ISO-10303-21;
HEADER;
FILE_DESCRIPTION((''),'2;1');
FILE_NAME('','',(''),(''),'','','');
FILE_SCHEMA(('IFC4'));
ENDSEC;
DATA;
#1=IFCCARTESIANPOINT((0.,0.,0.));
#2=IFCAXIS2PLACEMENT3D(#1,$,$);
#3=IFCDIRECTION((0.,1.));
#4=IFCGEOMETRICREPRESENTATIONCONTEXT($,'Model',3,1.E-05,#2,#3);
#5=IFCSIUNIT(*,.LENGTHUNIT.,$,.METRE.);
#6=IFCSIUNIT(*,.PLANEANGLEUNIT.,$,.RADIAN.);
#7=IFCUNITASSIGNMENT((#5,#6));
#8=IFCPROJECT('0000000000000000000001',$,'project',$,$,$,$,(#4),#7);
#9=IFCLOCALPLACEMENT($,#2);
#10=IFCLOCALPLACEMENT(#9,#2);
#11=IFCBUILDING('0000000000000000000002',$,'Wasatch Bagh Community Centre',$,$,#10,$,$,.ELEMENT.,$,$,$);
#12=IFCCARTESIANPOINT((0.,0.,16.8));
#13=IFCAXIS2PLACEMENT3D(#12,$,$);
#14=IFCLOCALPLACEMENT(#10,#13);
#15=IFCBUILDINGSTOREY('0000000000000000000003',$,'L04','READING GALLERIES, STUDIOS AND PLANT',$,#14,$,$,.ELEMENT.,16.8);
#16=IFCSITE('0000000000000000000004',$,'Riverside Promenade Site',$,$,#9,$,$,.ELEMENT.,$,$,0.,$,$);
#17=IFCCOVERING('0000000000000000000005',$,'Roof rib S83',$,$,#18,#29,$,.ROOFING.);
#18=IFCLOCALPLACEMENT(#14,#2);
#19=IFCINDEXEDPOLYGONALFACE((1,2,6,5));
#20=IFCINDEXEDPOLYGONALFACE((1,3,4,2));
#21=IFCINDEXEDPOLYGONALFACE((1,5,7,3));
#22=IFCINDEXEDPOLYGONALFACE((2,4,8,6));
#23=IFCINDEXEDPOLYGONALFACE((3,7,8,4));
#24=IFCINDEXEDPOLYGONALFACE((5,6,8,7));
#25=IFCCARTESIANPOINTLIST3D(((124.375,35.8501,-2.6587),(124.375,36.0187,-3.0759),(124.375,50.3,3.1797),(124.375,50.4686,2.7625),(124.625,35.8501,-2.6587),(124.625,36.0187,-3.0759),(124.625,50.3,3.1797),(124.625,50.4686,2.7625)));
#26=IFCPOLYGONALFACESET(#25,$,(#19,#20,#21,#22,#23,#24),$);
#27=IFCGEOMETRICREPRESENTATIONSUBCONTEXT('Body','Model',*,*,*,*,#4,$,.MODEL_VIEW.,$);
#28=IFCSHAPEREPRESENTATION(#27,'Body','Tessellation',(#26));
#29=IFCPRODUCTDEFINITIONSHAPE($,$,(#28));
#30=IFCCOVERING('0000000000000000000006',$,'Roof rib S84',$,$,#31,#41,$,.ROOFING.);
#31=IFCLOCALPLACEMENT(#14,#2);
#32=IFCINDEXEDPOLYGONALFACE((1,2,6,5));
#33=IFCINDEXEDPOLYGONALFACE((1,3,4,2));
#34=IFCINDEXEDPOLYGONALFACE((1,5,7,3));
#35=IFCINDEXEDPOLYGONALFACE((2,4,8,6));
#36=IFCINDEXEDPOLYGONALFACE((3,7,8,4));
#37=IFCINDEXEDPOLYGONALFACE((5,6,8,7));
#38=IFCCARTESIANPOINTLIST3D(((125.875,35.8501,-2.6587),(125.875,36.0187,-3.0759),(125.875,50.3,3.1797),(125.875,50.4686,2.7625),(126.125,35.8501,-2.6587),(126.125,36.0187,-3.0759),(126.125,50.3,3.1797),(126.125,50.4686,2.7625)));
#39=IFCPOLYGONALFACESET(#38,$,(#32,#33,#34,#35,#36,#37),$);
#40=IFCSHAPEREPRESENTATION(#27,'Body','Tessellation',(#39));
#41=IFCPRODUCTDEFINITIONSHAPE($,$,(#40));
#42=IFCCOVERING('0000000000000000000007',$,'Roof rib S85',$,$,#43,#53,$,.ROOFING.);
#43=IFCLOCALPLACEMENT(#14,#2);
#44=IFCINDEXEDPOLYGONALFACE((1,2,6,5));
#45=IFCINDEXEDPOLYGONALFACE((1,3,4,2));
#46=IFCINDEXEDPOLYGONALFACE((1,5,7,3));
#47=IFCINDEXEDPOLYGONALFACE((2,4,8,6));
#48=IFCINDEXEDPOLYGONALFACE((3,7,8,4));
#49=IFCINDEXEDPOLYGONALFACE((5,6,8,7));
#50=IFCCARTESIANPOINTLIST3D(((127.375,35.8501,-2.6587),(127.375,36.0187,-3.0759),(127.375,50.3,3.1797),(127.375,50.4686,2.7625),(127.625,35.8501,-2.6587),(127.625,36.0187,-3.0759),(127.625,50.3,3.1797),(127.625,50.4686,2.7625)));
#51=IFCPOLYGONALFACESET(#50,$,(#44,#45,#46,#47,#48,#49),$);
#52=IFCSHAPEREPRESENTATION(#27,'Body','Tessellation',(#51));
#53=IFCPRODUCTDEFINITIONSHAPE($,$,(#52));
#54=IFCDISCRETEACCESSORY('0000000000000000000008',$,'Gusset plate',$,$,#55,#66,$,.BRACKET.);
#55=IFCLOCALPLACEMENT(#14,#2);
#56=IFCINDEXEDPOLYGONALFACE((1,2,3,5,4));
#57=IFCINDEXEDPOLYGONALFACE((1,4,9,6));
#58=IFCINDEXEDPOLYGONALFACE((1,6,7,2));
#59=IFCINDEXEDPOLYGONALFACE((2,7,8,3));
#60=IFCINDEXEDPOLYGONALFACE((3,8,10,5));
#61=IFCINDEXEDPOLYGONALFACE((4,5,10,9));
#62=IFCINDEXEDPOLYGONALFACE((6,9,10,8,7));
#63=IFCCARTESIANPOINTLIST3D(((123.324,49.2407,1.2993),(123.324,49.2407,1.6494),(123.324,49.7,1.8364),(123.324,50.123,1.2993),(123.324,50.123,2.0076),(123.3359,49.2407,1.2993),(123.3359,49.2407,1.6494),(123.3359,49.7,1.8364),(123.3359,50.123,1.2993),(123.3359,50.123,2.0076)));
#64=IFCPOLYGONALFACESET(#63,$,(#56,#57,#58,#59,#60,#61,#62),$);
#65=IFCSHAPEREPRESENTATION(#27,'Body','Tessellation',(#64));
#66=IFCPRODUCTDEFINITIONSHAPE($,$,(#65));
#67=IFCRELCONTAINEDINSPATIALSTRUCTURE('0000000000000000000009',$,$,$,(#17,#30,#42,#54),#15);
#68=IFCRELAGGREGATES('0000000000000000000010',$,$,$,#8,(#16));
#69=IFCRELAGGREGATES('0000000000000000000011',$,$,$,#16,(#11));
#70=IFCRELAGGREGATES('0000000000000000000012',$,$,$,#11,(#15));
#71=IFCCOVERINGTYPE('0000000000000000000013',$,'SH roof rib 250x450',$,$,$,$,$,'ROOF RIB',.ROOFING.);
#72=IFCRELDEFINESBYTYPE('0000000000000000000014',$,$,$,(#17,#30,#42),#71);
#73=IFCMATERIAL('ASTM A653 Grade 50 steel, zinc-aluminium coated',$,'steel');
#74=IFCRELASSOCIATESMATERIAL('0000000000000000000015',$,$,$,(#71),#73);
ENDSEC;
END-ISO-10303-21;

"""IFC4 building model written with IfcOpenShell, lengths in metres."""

from ifc_helpers import new_model, si_unit, direction, frame, origin, place, context, subcontext, project, spatial, polyline, outline, extrude, material, type_object, element, save


model = new_model("IFC4")

# Units and contexts
model_context = context("Model", 3, precision=1e-05, world=origin(), true_north=direction((0.0, 1.0)))
body_context = subcontext(model_context, "Body", "Model", "MODEL_VIEW")
ifc_project = project(units=[si_unit("LENGTHUNIT", "METRE"), si_unit("PLANEANGLEUNIT", "RADIAN")], contexts=[model_context])

# Site, building, storey
site_placement = place(None, origin())
site = spatial("IfcSite", under=ifc_project, at=site_placement, Name="Riverside Promenade Site", CompositionType="ELEMENT", RefElevation=0.0)
building_placement = place(site_placement, origin())
building = spatial("IfcBuilding", under=site, at=building_placement, Name="Wasatch Bagh Community Centre", CompositionType="ELEMENT")
storey_placement = place(building_placement, frame((0.0, 0.0, 16.8)))
storey = spatial("IfcBuildingStorey", under=building, at=storey_placement, Name="L04", Description="READING GALLERIES, STUDIOS AND PLANT", CompositionType="ELEMENT", Elevation=16.8)

# Coverings
ifc_material_1 = material(Name="ASTM A653 Grade 50 steel, zinc-aluminium coated", Category="steel")
covering_type = type_object("IfcCoveringType", Name="SH roof rib 250x450", ElementType="ROOF RIB", PredefinedType="ROOFING", material=ifc_material_1)
for number, where, z_axis, x_axis, name in (
    (1, (124.375, 35.8501, -2.6587), (0.0, -0.374619, 0.927179), (0.0, 0.927179, 0.374619), "Roof rib S83"),
    (2, (125.875, 35.8501, -2.6587), (0.0, -0.374619, 0.927179), (0.0, 0.927179, 0.374619), "Roof rib S84"),
    (3, (127.375, 35.8501, -2.6587), (0.0, -0.374619, 0.927179), (0.0, 0.927179, 0.374619), "Roof rib S85"),
):
    element("IfcCovering", number, at=place(storey_placement, frame(where, z_axis=z_axis, x_axis=x_axis)), inside=storey, type_object=covering_type, Name=name, PredefinedType="ROOFING", context=body_context, shape_type="SweptSolid", body=[
        extrude(outline(polyline([(0.0, 0.0), (15.5849, 0.0), (15.5849, -0.25), (0.0, -0.25), (0.0, 0.0)])), origin(), (0.0, 0.0, -1.0), 0.45),
    ])

# Discrete accessory
discrete_accessory_placement = place(storey_placement, frame((123.324, 49.2407, 1.6494), z_axis=(-1.0, 0.0, 0.0), x_axis=(0.0, 0.92615, 0.377156)))
element("IfcDiscreteAccessory", 4, at=discrete_accessory_placement, inside=storey, Name="Gusset plate", PredefinedType="BRACKET", context=body_context, shape_type="SweptSolid", body=[
    extrude(outline(polyline([(0.0, 0.0), (0.4958, 0.0), (0.9522, 0.0011), (0.6851, 0.657), (-0.132, 0.3242), (0.0, 0.0)])), origin(), (0.0, 0.0, -1.0), 0.012),
])

save(model, "model.ifc")
